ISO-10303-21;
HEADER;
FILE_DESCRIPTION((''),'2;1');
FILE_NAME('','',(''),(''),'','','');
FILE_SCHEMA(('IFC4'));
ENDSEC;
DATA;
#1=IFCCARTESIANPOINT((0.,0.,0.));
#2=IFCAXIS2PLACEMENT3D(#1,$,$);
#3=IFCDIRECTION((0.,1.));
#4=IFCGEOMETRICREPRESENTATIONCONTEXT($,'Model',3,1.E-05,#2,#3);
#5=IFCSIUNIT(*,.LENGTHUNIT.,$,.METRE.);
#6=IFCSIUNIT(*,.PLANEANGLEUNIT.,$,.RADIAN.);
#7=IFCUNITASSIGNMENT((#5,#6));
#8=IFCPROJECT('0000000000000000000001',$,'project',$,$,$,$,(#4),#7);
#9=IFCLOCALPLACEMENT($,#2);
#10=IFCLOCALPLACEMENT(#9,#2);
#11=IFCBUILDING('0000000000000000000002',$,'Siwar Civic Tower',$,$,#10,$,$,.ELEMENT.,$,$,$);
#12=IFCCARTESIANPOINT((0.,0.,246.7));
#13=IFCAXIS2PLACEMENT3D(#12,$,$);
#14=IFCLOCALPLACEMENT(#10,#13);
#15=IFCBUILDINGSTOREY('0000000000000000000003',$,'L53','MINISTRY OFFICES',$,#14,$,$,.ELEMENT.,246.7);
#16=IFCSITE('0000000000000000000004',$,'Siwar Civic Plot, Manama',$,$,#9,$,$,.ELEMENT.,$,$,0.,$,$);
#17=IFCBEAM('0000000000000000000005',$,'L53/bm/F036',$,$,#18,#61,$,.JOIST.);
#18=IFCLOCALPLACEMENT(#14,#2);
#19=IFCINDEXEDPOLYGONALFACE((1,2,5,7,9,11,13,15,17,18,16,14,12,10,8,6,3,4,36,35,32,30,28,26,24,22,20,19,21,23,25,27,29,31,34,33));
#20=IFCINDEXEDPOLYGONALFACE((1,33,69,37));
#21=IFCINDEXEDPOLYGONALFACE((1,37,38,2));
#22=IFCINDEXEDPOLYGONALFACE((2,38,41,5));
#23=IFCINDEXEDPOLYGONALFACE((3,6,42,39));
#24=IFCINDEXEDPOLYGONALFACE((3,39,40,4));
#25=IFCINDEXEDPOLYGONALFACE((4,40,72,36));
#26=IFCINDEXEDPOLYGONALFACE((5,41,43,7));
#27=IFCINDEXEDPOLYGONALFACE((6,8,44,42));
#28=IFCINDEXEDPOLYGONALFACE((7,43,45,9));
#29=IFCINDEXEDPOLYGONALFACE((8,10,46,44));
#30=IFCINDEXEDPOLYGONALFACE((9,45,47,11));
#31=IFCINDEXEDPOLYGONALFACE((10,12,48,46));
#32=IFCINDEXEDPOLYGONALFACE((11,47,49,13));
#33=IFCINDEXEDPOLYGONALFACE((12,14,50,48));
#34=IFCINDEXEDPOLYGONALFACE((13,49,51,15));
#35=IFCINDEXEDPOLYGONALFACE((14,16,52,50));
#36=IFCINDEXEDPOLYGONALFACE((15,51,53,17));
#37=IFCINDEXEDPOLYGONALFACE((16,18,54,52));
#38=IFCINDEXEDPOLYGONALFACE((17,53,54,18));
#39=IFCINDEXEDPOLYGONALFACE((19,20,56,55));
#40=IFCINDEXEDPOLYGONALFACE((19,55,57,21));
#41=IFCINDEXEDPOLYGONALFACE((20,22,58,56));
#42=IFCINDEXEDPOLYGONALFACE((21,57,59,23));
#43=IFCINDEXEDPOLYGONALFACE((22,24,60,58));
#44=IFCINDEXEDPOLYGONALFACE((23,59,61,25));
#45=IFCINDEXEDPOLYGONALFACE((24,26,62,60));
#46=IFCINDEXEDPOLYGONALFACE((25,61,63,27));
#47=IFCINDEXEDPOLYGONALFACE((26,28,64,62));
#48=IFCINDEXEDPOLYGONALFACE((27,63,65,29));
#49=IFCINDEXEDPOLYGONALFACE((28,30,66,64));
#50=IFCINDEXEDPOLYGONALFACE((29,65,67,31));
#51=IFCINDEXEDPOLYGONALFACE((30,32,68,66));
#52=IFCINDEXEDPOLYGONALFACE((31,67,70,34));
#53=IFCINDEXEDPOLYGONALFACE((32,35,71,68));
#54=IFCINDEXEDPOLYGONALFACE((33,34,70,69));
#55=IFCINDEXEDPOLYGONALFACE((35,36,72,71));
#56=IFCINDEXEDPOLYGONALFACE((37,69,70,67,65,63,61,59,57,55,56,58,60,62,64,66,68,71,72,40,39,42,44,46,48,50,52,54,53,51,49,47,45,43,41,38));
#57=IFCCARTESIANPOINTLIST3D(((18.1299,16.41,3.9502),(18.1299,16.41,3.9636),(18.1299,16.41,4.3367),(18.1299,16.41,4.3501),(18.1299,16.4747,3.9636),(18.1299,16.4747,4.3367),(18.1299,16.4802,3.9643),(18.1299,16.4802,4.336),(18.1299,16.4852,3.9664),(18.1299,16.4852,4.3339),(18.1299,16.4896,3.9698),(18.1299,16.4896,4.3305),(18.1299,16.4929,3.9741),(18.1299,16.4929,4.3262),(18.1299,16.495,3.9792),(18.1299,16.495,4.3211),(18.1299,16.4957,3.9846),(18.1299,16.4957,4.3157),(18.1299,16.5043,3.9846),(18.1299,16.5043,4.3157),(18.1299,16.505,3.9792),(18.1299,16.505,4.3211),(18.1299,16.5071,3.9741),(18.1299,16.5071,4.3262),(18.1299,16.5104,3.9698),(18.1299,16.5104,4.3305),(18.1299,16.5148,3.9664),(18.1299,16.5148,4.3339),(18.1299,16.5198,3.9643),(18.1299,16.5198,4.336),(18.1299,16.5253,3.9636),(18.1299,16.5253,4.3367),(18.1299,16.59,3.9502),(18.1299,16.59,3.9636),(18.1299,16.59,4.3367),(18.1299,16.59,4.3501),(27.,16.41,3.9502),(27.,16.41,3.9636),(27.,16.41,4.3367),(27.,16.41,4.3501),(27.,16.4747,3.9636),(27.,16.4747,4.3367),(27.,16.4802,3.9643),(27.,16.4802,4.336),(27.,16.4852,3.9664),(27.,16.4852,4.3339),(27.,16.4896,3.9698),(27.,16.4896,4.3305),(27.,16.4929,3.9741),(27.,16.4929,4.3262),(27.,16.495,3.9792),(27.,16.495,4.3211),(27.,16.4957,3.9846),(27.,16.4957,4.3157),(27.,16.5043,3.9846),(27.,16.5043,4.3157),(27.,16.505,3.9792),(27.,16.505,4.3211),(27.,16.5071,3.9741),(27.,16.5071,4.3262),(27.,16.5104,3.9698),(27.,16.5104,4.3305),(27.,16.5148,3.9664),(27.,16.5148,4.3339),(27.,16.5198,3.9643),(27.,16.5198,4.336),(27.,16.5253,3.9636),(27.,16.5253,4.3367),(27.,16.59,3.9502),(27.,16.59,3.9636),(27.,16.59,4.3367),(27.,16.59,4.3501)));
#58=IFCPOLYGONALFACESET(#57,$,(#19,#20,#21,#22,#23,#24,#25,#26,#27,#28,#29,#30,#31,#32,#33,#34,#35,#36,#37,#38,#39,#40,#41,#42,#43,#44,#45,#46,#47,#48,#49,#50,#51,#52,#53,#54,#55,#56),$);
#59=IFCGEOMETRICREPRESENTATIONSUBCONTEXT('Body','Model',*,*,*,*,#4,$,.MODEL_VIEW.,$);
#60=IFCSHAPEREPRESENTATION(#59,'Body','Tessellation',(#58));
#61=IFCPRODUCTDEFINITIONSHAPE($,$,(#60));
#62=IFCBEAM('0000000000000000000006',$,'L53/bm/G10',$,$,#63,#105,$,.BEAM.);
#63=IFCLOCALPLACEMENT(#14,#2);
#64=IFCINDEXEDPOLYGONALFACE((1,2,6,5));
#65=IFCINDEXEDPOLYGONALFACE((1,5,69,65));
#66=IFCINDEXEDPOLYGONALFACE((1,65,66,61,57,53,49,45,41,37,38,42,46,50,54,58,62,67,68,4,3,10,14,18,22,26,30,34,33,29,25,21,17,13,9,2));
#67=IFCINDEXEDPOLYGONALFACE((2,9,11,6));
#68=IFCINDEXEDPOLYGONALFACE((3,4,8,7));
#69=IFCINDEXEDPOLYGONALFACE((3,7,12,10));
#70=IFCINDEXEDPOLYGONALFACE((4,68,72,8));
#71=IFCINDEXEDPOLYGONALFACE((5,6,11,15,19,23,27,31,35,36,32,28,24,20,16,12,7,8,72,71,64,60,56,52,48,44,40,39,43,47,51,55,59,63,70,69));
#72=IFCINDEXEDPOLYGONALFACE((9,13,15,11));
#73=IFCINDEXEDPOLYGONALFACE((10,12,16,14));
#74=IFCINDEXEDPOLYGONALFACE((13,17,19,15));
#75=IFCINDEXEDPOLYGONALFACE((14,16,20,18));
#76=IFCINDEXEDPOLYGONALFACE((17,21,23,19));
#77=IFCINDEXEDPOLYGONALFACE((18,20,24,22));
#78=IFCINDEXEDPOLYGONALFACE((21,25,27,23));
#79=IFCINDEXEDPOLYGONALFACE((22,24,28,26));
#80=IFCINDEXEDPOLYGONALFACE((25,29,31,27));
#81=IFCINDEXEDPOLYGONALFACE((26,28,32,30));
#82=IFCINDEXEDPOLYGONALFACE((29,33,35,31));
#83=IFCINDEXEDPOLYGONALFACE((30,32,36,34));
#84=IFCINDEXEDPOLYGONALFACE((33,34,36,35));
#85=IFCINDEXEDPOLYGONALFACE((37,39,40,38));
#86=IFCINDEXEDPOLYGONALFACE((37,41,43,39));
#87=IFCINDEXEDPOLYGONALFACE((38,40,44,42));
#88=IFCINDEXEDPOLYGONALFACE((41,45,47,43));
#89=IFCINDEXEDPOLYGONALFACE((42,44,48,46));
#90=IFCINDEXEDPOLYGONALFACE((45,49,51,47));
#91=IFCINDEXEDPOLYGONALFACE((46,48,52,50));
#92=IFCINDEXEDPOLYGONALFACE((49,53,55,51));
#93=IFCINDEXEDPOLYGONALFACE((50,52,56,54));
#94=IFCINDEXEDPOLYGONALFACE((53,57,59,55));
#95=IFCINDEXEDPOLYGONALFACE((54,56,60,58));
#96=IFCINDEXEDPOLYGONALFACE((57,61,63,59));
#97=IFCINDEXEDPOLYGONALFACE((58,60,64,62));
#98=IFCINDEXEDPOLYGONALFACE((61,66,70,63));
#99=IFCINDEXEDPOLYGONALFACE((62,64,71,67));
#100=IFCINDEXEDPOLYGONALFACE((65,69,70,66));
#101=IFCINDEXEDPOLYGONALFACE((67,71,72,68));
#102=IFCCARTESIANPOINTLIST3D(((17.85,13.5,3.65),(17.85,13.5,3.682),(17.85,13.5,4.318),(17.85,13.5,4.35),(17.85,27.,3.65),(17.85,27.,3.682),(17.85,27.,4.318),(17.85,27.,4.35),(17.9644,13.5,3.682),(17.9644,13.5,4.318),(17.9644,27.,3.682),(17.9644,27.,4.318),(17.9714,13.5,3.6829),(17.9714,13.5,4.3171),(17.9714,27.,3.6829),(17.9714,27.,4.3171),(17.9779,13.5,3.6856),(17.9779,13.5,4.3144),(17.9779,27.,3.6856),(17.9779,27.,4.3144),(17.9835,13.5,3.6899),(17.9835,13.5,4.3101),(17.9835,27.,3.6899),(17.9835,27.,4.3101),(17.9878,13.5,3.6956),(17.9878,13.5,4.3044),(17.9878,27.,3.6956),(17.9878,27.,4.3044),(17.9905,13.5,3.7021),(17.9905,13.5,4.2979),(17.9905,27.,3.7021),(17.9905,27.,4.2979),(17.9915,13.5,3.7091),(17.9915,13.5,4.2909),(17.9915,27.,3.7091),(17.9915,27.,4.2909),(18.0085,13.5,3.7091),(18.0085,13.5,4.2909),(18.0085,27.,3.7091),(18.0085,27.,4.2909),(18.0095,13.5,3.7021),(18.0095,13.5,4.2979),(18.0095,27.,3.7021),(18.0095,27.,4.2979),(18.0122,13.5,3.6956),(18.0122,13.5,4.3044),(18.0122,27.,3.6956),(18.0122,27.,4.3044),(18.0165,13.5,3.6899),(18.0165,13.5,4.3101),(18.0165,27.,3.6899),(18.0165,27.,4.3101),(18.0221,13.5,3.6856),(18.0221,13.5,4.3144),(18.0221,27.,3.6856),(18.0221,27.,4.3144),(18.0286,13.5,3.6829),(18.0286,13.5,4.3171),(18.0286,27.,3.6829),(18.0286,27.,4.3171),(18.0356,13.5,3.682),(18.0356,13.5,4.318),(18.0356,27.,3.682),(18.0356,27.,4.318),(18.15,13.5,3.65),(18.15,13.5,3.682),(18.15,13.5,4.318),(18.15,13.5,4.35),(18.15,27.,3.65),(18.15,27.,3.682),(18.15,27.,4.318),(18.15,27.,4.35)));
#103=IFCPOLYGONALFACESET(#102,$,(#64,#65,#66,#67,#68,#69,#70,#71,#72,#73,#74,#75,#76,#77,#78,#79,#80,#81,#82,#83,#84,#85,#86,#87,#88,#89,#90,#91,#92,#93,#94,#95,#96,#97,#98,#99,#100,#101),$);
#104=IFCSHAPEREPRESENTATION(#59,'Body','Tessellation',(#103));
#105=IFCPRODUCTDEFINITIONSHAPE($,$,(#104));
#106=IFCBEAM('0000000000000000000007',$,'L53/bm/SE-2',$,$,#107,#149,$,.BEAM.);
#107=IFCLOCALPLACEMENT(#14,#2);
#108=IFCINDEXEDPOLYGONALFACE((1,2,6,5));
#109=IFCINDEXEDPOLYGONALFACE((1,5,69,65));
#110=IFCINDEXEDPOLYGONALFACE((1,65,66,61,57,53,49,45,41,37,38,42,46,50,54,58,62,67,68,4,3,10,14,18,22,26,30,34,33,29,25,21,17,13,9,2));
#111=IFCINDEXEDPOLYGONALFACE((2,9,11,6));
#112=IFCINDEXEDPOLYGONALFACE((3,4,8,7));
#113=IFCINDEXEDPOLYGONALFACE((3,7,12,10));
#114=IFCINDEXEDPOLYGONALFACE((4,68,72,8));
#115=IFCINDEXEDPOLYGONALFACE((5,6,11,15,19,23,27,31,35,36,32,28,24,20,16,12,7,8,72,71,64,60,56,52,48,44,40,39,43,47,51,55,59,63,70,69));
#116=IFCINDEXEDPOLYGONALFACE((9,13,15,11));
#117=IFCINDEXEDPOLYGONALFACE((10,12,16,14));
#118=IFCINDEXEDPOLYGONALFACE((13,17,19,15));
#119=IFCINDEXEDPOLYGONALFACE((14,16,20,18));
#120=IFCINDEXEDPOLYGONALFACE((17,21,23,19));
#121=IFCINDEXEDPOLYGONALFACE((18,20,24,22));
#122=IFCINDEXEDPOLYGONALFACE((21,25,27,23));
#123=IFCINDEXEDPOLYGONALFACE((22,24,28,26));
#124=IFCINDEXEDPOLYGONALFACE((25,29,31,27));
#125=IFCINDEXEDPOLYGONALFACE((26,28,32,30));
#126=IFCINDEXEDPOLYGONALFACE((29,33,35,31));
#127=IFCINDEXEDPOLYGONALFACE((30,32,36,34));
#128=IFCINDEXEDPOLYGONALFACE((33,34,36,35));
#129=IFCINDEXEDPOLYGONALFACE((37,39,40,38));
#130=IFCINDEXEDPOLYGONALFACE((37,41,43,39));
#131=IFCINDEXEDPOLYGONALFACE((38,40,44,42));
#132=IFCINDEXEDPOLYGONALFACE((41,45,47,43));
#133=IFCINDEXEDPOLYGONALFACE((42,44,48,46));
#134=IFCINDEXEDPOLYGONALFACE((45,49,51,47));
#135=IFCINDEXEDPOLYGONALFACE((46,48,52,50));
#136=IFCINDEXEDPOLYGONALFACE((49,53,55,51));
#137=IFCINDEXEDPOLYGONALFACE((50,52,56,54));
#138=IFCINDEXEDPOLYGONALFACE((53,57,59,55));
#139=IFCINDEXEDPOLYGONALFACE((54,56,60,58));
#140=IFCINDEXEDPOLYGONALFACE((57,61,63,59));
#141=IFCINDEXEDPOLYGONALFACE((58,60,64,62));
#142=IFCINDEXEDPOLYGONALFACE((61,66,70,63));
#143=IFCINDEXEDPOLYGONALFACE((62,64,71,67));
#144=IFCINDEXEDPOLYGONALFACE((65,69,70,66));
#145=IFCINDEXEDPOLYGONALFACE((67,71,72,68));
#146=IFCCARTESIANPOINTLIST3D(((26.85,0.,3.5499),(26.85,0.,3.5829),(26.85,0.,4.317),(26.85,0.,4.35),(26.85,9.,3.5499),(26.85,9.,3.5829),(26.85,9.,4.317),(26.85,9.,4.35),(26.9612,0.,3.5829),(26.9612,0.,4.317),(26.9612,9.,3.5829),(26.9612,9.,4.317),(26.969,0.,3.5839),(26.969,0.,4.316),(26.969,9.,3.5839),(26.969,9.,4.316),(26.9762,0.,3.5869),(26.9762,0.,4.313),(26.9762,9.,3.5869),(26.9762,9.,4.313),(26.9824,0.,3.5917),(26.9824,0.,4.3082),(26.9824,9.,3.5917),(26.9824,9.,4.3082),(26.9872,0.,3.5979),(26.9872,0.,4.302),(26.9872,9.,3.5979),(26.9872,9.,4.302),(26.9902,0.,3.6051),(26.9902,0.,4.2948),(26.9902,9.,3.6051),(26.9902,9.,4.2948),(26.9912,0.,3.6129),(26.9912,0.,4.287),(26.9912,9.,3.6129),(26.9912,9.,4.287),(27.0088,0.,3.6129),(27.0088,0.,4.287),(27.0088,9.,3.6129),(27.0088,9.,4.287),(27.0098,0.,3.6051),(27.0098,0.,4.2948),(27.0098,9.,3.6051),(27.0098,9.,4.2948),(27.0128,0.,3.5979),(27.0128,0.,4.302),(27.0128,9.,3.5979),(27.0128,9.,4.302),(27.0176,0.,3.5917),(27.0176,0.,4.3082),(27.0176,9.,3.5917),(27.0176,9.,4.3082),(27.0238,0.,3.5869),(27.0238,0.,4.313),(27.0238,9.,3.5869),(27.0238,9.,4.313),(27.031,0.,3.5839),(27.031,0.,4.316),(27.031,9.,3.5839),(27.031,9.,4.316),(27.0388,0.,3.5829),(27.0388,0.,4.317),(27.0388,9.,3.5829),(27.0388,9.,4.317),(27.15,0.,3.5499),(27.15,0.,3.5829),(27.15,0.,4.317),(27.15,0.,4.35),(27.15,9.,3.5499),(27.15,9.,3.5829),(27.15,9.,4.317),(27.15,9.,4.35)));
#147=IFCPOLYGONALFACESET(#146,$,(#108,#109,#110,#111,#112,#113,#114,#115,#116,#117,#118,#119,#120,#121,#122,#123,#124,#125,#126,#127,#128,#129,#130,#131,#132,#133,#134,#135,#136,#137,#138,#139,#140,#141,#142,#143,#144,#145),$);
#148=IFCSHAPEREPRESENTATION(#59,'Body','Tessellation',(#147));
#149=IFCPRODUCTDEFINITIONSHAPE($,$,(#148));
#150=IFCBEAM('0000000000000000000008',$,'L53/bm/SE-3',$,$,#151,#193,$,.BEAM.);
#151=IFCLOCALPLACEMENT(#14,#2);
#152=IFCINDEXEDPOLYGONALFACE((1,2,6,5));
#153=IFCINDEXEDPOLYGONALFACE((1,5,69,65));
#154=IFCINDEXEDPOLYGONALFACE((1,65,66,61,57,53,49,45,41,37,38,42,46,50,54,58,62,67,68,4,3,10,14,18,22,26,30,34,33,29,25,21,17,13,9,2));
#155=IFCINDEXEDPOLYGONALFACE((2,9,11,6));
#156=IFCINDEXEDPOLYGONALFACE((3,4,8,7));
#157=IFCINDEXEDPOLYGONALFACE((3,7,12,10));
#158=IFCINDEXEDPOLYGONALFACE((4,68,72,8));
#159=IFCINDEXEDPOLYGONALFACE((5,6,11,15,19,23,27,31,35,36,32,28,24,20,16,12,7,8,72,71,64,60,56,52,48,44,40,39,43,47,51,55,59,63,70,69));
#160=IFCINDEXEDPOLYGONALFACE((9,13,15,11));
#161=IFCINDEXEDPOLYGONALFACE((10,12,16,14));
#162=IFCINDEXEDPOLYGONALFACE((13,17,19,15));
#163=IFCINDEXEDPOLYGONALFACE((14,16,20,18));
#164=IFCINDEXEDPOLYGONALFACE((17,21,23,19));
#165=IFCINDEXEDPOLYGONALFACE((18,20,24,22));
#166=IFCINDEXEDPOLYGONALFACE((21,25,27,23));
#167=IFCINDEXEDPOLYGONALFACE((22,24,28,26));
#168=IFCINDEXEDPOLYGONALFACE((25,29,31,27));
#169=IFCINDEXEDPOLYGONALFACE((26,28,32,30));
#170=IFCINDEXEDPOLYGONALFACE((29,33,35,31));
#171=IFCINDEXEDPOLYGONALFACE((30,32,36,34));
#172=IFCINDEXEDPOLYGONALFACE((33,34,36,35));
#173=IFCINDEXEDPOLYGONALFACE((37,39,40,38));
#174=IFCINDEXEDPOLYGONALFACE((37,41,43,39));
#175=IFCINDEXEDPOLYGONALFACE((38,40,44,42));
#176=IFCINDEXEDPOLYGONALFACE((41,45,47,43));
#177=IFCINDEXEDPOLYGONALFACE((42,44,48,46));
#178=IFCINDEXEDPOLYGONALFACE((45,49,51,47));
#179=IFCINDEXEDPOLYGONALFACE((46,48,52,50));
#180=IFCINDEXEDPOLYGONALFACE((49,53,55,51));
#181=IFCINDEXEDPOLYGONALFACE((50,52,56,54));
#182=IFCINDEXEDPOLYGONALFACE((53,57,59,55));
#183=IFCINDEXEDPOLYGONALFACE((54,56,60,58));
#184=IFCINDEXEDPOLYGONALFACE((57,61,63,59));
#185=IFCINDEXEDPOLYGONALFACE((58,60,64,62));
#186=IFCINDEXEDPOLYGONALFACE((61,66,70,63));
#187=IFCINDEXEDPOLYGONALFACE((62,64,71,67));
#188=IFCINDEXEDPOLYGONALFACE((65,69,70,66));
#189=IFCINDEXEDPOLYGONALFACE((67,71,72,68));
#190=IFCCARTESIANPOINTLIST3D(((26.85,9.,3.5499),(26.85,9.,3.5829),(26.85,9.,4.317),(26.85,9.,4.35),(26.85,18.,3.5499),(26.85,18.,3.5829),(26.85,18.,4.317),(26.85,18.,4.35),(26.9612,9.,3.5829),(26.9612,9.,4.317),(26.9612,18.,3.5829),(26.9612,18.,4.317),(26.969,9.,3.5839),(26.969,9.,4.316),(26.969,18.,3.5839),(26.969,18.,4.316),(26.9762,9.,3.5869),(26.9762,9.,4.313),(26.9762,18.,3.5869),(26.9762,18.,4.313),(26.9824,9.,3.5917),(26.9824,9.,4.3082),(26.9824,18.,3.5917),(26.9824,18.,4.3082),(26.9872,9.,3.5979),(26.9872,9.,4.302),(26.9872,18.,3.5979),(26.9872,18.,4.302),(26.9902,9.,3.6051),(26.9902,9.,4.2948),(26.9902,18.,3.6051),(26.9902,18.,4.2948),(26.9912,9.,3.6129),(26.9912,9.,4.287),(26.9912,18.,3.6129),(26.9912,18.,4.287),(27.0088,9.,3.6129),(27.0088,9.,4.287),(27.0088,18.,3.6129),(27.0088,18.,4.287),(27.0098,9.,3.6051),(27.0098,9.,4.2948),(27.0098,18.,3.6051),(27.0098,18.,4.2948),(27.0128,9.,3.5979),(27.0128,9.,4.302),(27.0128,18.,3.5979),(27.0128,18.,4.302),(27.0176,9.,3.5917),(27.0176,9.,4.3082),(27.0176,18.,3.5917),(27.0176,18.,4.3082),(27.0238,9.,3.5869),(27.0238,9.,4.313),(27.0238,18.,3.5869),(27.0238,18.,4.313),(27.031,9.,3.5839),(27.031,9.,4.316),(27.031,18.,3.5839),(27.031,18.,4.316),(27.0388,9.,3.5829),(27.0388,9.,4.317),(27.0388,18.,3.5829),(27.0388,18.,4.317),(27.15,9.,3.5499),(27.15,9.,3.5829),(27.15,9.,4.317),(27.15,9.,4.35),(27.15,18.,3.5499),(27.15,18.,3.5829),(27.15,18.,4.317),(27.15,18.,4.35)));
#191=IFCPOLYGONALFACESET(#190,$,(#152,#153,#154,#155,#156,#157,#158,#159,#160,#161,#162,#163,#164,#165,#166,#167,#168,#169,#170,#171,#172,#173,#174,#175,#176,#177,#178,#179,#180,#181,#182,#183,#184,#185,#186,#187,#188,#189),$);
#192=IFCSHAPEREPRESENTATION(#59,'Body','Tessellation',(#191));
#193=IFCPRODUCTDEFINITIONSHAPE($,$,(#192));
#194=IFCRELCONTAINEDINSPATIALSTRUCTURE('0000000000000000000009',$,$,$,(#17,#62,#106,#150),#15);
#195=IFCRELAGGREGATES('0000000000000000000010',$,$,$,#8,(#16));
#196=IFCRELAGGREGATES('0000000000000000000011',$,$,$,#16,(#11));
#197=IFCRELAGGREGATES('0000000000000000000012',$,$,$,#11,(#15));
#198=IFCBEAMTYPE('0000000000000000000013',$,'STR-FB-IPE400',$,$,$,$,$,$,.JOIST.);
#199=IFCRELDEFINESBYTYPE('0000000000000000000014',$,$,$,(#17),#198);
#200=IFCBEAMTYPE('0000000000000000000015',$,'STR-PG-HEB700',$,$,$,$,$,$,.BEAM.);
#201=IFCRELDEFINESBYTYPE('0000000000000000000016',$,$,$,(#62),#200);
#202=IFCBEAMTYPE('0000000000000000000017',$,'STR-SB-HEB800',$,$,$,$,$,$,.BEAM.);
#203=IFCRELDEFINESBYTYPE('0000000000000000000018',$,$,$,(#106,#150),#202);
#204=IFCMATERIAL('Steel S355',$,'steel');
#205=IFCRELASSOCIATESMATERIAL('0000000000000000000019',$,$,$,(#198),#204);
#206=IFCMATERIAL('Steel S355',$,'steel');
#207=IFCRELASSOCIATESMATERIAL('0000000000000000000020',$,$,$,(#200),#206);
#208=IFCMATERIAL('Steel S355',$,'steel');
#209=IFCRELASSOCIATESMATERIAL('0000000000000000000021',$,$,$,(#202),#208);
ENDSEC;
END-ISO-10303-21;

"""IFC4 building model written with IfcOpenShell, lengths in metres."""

from ifc_helpers import new_model, si_unit, direction, frame, origin, origin_2d, place, context, subcontext, project, spatial, i_section, extrude, material, material_profile, profile_set, type_object, element, save


model = new_model("IFC4")

# Units and contexts
model_context = context("Model", 3, precision=1e-05, world=origin(), true_north=direction((0.0, 1.0)))
body_context = subcontext(model_context, "Body", "Model", "MODEL_VIEW")
ifc_project = project(units=[si_unit("LENGTHUNIT", "METRE"), si_unit("PLANEANGLEUNIT", "RADIAN")], contexts=[model_context])

# Site, building, storey
site_placement = place(None, origin())
site = spatial("IfcSite", under=ifc_project, at=site_placement, Name="Siwar Civic Plot, Manama", CompositionType="ELEMENT", RefElevation=0.0)
building_placement = place(site_placement, origin())
building = spatial("IfcBuilding", under=site, at=building_placement, Name="Siwar Civic Tower", CompositionType="ELEMENT")
storey_placement = place(building_placement, frame((0.0, 0.0, 246.7)))
storey = spatial("IfcBuildingStorey", under=building, at=storey_placement, Name="L53", Description="MINISTRY OFFICES", CompositionType="ELEMENT", Elevation=246.7)

# Beams
ifc_material_1 = material(Name="Steel S355", Category="steel")
ifc_material_profile_1 = material_profile(ifc_material_1, i_section(OverallWidth=0.1799, OverallDepth=0.3999, WebThickness=0.0085, FlangeThickness=0.0134, FilletRadius=0.021, at=origin_2d()), Name="IPE400")
ifc_profile_set_1 = profile_set([ifc_material_profile_1], Name="Steel S355")
beam_type_1 = type_object("IfcBeamType", Name="STR-FB-IPE400", PredefinedType="JOIST", material=ifc_profile_set_1)
beam_1_placement = place(storey_placement, frame((18.1299, 16.5, 4.1501), z_axis=(1.0, 0.0, 0.0), x_axis=(0.0, 1.0, 0.0)))
element("IfcBeam", 1, at=beam_1_placement, inside=storey, type_object=beam_type_1, Name="L53/bm/F036", PredefinedType="JOIST", context=body_context, shape_type="SweptSolid", body=[
    extrude(i_section(OverallWidth=0.1799, OverallDepth=0.3999, WebThickness=0.0085, FlangeThickness=0.0134, FilletRadius=0.021, at=origin_2d()), origin(), (0.0, 0.0, 1.0), 8.8701),
])
ifc_material_2 = material(Name="Steel S355", Category="steel")
ifc_material_profile_2 = material_profile(ifc_material_2, i_section(OverallWidth=0.3, OverallDepth=0.7, WebThickness=0.0171, FlangeThickness=0.032, FilletRadius=0.0271, at=origin_2d()), Name="HEB700")
ifc_profile_set_2 = profile_set([ifc_material_profile_2], Name="Steel S355")
beam_type_2 = type_object("IfcBeamType", Name="STR-PG-HEB700", PredefinedType="BEAM", material=ifc_profile_set_2)
beam_2_placement = place(storey_placement, frame((18.0, 13.5, 4.0), z_axis=(0.0, 1.0, 0.0), x_axis=(-1.0, 0.0, 0.0)))
element("IfcBeam", 2, at=beam_2_placement, inside=storey, type_object=beam_type_2, Name="L53/bm/G10", PredefinedType="BEAM", context=body_context, shape_type="SweptSolid", body=[
    extrude(i_section(OverallWidth=0.3, OverallDepth=0.7, WebThickness=0.0171, FlangeThickness=0.032, FilletRadius=0.0271, at=origin_2d()), origin(), (0.0, 0.0, 1.0), 13.5),
])
ifc_material_3 = material(Name="Steel S355", Category="steel")
ifc_material_profile_3 = material_profile(ifc_material_3, i_section(OverallWidth=0.3, OverallDepth=0.8, WebThickness=0.0176, FlangeThickness=0.033, FilletRadius=0.03, at=origin_2d()), Name="HEB800")
ifc_profile_set_3 = profile_set([ifc_material_profile_3], Name="Steel S355")
beam_type_3 = type_object("IfcBeamType", Name="STR-SB-HEB800", PredefinedType="BEAM", material=ifc_profile_set_3)
for number, where, z_axis, x_axis, name in (
    (3, (27.0, 0.0, 3.95), (0.0, 1.0, 0.0), (-1.0, 0.0, 0.0), "L53/bm/SE-2"),
    (4, (27.0, 9.0, 3.95), (0.0, 1.0, 0.0), (-1.0, 0.0, 0.0), "L53/bm/SE-3"),
):
    element("IfcBeam", number, at=place(storey_placement, frame(where, z_axis=z_axis, x_axis=x_axis)), inside=storey, type_object=beam_type_3, Name=name, PredefinedType="BEAM", context=body_context, shape_type="SweptSolid", body=[
        extrude(i_section(OverallWidth=0.3, OverallDepth=0.8, WebThickness=0.0176, FlangeThickness=0.033, FilletRadius=0.03, at=origin_2d()), origin(), (0.0, 0.0, 1.0), 9.0),
    ])

save(model, "model.ifc")
